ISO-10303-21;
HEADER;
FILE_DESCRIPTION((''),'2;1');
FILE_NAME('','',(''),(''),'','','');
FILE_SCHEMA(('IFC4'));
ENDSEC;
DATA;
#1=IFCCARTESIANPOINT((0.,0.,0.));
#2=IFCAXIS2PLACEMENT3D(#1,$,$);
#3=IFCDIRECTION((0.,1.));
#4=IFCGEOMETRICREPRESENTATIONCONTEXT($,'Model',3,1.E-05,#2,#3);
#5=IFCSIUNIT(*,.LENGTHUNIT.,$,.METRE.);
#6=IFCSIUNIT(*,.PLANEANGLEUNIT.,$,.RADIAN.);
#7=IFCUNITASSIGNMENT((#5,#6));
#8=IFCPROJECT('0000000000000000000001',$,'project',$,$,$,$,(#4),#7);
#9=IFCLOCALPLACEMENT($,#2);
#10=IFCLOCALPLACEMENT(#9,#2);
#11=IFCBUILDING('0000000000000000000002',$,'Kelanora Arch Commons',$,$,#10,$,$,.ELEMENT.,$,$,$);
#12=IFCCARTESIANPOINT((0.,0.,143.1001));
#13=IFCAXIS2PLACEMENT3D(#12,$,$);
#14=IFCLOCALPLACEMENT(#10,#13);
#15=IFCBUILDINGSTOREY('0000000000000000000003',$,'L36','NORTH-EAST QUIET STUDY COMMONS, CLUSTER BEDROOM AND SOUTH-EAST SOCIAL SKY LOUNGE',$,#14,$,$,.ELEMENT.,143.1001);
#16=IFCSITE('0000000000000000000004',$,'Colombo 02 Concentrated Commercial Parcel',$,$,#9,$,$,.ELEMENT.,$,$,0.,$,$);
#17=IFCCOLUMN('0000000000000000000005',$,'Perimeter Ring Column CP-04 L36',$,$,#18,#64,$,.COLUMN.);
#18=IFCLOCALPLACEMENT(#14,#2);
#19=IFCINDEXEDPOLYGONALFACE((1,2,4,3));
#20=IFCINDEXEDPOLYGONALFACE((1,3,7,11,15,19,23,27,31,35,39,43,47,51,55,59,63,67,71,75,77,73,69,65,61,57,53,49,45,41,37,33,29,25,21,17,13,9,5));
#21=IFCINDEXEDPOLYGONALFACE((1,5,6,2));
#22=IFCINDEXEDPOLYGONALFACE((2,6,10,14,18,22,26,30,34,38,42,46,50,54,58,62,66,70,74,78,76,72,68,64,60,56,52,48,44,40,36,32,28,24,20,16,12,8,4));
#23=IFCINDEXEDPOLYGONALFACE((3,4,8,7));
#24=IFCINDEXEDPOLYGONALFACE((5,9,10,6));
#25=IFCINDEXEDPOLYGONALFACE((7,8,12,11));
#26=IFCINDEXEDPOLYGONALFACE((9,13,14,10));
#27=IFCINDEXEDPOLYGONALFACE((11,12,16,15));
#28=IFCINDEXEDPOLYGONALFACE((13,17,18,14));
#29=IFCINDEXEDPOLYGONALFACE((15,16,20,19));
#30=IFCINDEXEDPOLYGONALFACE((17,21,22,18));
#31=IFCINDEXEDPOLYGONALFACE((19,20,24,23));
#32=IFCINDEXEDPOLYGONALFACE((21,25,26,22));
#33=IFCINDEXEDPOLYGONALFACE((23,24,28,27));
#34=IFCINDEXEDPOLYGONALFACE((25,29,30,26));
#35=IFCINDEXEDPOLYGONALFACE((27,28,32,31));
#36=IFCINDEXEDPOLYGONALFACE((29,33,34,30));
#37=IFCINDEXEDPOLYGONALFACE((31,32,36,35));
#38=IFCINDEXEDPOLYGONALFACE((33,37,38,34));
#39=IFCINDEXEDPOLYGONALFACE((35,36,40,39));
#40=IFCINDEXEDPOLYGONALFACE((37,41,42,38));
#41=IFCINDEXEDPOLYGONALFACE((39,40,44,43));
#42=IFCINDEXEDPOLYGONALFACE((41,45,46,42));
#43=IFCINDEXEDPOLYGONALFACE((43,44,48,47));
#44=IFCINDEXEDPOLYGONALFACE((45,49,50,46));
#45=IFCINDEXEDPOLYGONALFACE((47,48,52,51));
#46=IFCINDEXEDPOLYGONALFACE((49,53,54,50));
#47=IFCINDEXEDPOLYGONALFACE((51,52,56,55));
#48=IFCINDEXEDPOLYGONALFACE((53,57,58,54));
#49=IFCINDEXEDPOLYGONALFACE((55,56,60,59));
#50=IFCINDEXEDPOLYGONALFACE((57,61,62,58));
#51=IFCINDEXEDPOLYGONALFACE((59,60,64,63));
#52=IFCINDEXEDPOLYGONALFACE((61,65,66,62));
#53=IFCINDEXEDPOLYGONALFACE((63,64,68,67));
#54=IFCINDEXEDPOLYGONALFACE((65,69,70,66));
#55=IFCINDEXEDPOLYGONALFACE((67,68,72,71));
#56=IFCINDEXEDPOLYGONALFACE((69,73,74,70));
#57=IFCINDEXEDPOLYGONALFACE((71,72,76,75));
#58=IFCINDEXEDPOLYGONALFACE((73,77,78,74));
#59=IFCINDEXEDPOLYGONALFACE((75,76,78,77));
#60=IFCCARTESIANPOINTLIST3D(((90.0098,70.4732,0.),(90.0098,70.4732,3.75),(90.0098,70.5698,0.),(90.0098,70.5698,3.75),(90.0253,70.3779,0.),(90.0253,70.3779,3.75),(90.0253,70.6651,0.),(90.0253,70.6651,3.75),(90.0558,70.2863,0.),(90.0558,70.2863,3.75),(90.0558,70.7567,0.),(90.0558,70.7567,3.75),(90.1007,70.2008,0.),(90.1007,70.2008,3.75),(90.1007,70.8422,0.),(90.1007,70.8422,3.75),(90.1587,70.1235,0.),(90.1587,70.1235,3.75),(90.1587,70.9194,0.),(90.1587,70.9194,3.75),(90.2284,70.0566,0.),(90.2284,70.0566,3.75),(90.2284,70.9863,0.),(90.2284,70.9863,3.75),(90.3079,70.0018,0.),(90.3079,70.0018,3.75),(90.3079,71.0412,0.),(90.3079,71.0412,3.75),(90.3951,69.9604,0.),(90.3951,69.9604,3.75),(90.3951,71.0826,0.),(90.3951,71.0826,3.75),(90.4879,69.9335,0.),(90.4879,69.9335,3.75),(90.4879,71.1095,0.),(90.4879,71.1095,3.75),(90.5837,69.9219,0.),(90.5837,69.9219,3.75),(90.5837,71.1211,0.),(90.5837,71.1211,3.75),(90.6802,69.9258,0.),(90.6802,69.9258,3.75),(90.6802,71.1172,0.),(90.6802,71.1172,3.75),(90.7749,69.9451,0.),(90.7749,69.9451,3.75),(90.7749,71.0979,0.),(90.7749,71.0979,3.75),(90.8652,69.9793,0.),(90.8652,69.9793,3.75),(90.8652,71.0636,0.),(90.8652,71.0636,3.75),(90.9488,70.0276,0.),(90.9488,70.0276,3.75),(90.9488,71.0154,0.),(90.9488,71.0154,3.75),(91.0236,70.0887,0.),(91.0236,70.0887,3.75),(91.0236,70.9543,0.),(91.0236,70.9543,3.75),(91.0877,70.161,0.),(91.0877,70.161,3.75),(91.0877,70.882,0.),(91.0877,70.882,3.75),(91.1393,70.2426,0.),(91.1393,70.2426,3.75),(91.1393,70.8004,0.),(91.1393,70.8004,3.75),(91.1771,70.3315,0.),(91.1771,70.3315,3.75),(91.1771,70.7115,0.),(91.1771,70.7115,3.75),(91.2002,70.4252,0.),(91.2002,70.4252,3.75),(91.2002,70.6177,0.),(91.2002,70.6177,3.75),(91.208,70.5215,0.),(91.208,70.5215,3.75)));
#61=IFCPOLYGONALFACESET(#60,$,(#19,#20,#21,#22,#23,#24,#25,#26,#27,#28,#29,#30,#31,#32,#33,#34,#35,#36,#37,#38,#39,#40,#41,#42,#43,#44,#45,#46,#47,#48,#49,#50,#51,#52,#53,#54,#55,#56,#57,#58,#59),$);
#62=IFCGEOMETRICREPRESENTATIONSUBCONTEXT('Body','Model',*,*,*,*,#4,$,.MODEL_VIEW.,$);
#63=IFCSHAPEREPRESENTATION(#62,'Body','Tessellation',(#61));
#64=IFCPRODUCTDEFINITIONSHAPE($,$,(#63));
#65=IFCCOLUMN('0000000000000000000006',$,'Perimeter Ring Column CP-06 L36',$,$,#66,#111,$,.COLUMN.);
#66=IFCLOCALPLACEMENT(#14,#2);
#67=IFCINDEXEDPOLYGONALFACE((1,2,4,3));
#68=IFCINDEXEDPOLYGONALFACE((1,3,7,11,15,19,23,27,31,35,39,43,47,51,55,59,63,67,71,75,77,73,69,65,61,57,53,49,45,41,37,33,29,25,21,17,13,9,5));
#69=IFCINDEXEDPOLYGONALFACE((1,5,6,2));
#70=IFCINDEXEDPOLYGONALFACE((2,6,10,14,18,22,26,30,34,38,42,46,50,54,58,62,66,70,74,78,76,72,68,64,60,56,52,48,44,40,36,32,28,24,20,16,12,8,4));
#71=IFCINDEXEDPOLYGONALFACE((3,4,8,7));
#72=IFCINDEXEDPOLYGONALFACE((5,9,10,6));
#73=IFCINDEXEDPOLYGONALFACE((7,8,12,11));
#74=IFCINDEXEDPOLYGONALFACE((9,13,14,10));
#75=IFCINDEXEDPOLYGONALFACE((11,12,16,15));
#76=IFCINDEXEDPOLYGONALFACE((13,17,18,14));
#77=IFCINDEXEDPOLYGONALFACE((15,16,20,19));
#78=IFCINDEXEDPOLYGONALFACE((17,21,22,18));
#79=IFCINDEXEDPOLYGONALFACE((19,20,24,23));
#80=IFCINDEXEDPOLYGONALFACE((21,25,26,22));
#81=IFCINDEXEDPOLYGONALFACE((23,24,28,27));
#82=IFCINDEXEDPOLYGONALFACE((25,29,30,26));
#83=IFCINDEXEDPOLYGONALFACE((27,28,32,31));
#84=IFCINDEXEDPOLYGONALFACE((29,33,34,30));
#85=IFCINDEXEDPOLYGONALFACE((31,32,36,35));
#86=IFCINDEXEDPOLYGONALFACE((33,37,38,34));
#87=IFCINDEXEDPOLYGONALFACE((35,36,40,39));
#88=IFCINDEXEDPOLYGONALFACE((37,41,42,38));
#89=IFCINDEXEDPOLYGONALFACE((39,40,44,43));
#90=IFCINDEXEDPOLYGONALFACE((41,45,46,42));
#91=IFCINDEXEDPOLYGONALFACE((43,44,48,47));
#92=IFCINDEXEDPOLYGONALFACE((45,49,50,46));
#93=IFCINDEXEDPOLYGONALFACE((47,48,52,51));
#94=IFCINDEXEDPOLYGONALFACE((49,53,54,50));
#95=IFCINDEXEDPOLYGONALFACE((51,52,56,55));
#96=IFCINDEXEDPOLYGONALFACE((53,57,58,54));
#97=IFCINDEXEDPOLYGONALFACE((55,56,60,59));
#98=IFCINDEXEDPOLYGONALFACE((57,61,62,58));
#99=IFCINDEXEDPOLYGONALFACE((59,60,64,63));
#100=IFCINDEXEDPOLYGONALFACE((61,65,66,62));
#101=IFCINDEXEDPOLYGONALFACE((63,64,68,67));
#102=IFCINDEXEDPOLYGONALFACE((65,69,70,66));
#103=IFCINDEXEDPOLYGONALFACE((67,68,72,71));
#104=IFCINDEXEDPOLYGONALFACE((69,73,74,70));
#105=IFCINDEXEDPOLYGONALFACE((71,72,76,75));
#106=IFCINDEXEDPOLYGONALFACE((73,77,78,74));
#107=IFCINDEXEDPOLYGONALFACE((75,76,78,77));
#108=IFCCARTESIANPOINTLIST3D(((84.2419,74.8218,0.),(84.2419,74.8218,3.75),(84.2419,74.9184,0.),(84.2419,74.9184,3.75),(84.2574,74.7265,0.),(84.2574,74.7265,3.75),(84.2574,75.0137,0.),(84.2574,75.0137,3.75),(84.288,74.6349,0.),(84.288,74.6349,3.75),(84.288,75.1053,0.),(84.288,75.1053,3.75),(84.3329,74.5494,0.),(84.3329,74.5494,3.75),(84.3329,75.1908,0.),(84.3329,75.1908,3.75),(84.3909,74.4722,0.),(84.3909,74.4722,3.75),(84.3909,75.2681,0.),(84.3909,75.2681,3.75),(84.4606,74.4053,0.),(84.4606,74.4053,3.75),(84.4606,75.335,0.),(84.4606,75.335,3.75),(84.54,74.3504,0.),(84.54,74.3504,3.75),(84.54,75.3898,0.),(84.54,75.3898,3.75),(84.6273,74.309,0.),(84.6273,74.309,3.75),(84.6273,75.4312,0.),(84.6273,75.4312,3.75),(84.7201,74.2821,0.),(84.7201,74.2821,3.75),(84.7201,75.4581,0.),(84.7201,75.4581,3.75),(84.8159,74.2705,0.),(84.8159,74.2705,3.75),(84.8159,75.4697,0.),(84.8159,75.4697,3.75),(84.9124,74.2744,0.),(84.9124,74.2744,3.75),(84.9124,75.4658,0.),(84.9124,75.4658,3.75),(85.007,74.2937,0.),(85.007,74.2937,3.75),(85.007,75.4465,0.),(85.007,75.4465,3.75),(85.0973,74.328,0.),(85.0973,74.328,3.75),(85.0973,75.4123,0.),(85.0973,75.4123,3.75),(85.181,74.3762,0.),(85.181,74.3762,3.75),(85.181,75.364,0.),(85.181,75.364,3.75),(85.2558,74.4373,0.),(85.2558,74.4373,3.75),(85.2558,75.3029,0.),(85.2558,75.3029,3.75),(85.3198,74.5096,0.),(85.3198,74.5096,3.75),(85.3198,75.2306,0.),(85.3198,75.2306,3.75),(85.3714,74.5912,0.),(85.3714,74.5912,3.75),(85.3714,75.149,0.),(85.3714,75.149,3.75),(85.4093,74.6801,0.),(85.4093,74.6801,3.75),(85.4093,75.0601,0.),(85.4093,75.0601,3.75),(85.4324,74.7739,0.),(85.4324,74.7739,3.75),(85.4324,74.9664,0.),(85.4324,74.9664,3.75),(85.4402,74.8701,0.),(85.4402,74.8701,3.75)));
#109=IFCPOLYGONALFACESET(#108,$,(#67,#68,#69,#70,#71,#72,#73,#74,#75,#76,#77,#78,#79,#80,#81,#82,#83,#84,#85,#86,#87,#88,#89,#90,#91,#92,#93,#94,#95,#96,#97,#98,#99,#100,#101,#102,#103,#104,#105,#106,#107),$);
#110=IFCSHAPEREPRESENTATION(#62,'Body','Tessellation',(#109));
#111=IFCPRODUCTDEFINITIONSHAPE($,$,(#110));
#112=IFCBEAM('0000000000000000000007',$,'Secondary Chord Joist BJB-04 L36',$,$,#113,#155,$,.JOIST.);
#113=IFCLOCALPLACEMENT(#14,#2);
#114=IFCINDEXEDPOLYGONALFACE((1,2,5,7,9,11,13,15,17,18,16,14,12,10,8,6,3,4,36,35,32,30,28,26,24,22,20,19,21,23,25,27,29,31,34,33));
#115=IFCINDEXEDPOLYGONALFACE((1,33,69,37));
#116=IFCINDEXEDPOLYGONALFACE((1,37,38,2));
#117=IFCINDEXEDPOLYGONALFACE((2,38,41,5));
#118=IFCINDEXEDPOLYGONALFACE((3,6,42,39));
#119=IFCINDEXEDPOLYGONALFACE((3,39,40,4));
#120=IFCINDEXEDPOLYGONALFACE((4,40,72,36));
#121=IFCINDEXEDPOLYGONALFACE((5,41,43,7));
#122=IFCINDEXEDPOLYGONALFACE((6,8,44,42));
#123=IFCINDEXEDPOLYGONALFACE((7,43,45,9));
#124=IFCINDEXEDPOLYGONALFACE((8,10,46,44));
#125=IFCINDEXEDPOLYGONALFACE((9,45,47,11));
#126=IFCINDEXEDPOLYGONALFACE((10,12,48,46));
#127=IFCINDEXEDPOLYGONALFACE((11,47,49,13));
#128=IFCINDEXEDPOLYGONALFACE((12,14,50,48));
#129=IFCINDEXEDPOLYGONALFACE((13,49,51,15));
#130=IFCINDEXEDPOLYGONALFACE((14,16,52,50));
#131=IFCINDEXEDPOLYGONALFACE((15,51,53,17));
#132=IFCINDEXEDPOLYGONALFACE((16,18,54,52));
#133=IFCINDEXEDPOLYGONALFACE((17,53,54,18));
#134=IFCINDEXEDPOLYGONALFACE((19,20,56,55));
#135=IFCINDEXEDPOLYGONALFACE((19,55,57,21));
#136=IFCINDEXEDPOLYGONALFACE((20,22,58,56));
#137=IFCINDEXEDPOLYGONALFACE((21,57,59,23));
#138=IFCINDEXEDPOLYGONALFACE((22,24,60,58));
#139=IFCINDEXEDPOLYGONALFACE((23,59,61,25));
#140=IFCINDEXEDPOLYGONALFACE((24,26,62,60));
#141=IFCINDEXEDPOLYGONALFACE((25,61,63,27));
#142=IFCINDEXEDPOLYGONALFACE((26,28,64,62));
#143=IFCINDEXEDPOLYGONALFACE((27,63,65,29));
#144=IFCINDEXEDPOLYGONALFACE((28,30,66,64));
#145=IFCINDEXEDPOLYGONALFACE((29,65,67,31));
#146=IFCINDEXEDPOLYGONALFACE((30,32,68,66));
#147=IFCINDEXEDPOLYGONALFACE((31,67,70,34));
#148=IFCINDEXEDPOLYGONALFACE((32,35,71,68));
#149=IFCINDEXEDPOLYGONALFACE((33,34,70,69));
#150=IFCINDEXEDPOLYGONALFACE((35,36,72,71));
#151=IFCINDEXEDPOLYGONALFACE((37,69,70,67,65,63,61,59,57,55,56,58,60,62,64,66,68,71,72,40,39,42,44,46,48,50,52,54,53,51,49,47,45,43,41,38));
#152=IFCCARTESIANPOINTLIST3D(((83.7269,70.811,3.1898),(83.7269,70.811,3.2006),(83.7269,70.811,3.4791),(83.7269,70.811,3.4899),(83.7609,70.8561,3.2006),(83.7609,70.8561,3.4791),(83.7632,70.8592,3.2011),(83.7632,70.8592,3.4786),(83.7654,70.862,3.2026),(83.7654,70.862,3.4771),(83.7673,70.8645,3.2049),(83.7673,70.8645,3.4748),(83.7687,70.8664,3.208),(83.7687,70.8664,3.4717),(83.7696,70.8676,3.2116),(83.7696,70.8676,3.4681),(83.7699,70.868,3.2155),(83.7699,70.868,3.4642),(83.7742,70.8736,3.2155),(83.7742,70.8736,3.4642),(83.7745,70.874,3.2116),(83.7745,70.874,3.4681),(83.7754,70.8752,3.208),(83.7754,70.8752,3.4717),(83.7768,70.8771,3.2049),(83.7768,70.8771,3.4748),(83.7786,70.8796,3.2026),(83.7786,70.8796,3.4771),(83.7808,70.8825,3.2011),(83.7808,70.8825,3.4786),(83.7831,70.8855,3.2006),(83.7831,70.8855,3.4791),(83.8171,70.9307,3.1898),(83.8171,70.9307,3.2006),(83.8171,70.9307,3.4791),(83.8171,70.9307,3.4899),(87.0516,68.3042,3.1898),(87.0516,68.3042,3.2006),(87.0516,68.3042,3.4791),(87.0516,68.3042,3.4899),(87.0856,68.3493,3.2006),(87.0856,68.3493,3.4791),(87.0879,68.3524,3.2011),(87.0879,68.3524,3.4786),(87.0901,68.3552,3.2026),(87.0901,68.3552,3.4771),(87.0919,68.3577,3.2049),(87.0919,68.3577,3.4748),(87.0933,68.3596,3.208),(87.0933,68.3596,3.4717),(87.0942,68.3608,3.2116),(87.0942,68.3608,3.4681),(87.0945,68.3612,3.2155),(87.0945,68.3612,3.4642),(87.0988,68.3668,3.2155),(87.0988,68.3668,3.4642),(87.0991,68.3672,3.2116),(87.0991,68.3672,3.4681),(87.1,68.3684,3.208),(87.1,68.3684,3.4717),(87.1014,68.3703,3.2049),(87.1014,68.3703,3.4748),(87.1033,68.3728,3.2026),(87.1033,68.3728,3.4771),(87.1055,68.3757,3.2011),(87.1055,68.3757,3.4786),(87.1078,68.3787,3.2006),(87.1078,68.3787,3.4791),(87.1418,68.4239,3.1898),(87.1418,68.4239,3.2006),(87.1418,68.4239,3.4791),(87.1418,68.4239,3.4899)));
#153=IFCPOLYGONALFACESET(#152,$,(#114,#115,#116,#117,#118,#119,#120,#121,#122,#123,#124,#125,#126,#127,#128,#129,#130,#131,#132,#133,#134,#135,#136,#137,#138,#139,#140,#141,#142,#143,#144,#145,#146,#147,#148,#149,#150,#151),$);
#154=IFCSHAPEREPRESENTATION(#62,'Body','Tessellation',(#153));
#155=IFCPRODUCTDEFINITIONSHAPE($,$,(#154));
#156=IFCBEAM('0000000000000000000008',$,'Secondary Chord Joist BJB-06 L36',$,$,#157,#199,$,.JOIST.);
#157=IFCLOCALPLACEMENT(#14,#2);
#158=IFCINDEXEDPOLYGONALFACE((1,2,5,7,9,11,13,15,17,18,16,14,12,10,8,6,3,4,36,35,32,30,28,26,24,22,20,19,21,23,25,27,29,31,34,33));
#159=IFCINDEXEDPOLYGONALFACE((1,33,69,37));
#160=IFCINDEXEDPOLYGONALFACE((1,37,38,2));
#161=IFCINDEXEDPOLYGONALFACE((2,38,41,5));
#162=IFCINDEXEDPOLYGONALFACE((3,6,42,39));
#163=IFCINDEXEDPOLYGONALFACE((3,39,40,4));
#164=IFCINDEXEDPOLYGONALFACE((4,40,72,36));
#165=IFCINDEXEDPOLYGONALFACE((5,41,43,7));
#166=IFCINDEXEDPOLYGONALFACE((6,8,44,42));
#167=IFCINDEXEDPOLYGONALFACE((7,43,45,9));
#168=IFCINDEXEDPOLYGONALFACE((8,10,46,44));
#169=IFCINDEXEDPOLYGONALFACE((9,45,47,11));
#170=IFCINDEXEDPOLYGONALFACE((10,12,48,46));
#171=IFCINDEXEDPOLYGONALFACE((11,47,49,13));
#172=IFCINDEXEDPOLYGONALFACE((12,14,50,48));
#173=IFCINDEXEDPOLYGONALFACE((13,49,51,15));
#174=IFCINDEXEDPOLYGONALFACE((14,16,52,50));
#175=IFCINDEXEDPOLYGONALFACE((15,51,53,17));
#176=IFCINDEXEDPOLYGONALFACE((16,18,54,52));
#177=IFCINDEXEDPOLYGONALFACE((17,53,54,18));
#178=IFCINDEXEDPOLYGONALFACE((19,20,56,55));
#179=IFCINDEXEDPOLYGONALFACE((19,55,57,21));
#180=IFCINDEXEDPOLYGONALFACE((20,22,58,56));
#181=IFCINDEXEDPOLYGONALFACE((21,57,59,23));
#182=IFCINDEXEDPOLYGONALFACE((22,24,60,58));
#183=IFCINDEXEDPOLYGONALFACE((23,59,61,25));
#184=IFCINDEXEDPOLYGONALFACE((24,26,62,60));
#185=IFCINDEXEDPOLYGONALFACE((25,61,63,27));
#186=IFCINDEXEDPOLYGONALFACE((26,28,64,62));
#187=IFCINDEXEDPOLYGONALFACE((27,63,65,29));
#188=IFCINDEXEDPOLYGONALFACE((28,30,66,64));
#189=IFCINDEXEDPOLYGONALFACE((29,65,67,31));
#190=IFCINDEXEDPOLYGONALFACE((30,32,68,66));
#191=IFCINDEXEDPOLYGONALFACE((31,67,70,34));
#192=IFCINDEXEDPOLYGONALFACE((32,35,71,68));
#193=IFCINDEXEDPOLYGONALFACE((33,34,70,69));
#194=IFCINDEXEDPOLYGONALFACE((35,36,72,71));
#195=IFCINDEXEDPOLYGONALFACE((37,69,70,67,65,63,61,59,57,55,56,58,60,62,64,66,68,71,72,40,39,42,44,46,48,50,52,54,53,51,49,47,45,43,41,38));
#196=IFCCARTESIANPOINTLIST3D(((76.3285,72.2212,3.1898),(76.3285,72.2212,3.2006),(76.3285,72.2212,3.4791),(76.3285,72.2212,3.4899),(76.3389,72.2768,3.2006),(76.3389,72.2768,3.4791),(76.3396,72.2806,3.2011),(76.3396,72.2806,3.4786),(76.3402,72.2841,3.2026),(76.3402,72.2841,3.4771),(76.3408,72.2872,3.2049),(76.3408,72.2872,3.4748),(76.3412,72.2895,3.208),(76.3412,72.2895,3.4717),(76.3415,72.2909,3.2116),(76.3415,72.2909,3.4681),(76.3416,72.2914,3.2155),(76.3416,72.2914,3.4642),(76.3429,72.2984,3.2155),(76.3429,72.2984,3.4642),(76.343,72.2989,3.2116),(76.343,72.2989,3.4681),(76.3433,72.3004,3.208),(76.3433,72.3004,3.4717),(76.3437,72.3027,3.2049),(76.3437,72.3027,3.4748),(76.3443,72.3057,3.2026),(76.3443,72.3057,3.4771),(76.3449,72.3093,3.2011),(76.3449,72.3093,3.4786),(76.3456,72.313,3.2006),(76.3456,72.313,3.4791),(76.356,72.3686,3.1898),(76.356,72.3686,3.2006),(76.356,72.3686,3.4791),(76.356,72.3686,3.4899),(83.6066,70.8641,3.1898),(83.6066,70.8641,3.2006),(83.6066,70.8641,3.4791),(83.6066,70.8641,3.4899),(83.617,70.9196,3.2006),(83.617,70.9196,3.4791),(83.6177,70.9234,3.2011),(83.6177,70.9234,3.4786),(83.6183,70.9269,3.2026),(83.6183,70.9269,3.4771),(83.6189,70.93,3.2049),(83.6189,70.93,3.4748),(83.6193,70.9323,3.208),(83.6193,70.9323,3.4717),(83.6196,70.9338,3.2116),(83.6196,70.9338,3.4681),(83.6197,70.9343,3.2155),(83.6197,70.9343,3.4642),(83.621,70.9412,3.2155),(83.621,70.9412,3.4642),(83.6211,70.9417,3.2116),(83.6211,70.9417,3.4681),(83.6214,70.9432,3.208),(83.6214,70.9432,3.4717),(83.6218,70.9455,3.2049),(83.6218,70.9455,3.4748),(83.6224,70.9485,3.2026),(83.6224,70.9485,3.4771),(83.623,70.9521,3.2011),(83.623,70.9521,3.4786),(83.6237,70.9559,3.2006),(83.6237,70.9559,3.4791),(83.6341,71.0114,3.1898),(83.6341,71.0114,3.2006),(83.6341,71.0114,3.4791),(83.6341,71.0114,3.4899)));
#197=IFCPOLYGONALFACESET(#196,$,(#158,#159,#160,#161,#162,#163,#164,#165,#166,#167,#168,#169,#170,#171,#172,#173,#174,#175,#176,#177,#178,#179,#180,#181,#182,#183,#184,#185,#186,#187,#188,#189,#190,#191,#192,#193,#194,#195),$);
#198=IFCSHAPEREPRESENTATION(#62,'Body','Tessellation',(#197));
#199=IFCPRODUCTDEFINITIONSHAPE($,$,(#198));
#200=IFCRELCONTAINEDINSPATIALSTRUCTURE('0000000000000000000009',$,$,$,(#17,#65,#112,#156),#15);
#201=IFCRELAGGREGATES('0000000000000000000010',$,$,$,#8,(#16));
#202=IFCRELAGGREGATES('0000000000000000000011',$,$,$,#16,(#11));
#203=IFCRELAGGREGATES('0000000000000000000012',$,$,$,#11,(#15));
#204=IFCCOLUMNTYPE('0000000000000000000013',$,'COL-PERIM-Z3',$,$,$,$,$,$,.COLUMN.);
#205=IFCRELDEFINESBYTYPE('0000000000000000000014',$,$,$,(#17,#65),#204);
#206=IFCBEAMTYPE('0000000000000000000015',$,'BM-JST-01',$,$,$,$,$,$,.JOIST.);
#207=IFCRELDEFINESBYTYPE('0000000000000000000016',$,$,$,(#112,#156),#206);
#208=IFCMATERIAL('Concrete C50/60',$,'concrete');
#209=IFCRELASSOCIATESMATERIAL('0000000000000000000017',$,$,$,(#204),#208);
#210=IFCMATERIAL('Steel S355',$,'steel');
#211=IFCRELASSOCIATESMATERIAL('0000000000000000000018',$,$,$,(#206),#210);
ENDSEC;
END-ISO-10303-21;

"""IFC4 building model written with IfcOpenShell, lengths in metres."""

from ifc_helpers import new_model, si_unit, direction, frame, origin, origin_2d, place, context, subcontext, project, spatial, circle, i_section, extrude, material, material_profile, profile_set, type_object, element, save


model = new_model("IFC4")

# Units and contexts
model_context = context("Model", 3, precision=1e-05, world=origin(), true_north=direction((0.0, 1.0)))
body_context = subcontext(model_context, "Body", "Model", "MODEL_VIEW")
ifc_project = project(units=[si_unit("LENGTHUNIT", "METRE"), si_unit("PLANEANGLEUNIT", "RADIAN")], contexts=[model_context])

# Site, building, storey
site_placement = place(None, origin())
site = spatial("IfcSite", under=ifc_project, at=site_placement, Name="Colombo 02 Concentrated Commercial Parcel", CompositionType="ELEMENT", RefElevation=0.0)
building_placement = place(site_placement, origin())
building = spatial("IfcBuilding", under=site, at=building_placement, Name="Kelanora Arch Commons", CompositionType="ELEMENT")
storey_placement = place(building_placement, frame((0.0, 0.0, 143.1001)))
storey = spatial("IfcBuildingStorey", under=building, at=storey_placement, Name="L36", Description="NORTH-EAST QUIET STUDY COMMONS, CLUSTER BEDROOM AND SOUTH-EAST SOCIAL SKY LOUNGE", CompositionType="ELEMENT", Elevation=143.1001)

# Columns
ifc_material_1 = material(Name="Concrete C50/60", Category="concrete")
ifc_material_profile_1 = material_profile(ifc_material_1, circle(Radius=0.6001, at=origin_2d()), Name="RCC1200")
ifc_profile_set_1 = profile_set([ifc_material_profile_1], Name="Concrete C50/60")
column_type = type_object("IfcColumnType", Name="COL-PERIM-Z3", PredefinedType="COLUMN", material=ifc_profile_set_1)
for number, where, z_axis, x_axis, name in (
    (1, (90.6079, 70.5215, 0.0), (0.0, 0.0, 1.0), (1.0, 0.0, 0.0), "Perimeter Ring Column CP-04 L36"),
    (2, (84.8401, 74.8701, 0.0), (0.0, 0.0, 1.0), (1.0, 0.0, 0.0), "Perimeter Ring Column CP-06 L36"),
):
    element("IfcColumn", number, at=place(storey_placement, frame(where, z_axis=z_axis, x_axis=x_axis)), inside=storey, type_object=column_type, Name=name, PredefinedType="COLUMN", context=body_context, shape_type="SweptSolid", body=[
        extrude(circle(Radius=0.6001, at=origin_2d()), origin(), (0.0, 0.0, 1.0), 3.75),
    ])

# Beams
ifc_material_2 = material(Name="Steel S355", Category="steel")
ifc_material_profile_2 = material_profile(ifc_material_2, i_section(OverallWidth=0.1499, OverallDepth=0.3, WebThickness=0.0071, FlangeThickness=0.0107, FilletRadius=0.0149, at=origin_2d()), Name="IPE300")
ifc_profile_set_2 = profile_set([ifc_material_profile_2], Name="Steel S355")
beam_type_1 = type_object("IfcBeamType", Name="BM-JST-01", PredefinedType="JOIST", material=ifc_profile_set_2)
beam_1_placement = place(storey_placement, frame((87.0967, 68.364, 3.3398), z_axis=(-0.798464, 0.602043, 0.0), x_axis=(-0.602043, -0.798464, 0.0)))
element("IfcBeam", 3, at=beam_1_placement, inside=storey, type_object=beam_type_1, Name="Secondary Chord Joist BJB-04 L36", PredefinedType="JOIST", context=body_context, shape_type="SweptSolid", body=[
    extrude(i_section(OverallWidth=0.1499, OverallDepth=0.3, WebThickness=0.0071, FlangeThickness=0.0107, FilletRadius=0.0149, at=origin_2d()), origin(), (0.0, 0.0, 1.0), 4.1638),
])
beam_2_placement = place(storey_placement, frame((83.6204, 70.9377, 3.3398), z_axis=(-0.983054, 0.183315, 0.0), x_axis=(-0.183315, -0.983054, 0.0)))
element("IfcBeam", 4, at=beam_2_placement, inside=storey, type_object=beam_type_1, Name="Secondary Chord Joist BJB-06 L36", PredefinedType="JOIST", context=body_context, shape_type="SweptSolid", body=[
    extrude(i_section(OverallWidth=0.1499, OverallDepth=0.3, WebThickness=0.0071, FlangeThickness=0.0107, FilletRadius=0.0149, at=origin_2d()), origin(), (0.0, 0.0, 1.0), 7.4036),
])

save(model, "model.ifc")
